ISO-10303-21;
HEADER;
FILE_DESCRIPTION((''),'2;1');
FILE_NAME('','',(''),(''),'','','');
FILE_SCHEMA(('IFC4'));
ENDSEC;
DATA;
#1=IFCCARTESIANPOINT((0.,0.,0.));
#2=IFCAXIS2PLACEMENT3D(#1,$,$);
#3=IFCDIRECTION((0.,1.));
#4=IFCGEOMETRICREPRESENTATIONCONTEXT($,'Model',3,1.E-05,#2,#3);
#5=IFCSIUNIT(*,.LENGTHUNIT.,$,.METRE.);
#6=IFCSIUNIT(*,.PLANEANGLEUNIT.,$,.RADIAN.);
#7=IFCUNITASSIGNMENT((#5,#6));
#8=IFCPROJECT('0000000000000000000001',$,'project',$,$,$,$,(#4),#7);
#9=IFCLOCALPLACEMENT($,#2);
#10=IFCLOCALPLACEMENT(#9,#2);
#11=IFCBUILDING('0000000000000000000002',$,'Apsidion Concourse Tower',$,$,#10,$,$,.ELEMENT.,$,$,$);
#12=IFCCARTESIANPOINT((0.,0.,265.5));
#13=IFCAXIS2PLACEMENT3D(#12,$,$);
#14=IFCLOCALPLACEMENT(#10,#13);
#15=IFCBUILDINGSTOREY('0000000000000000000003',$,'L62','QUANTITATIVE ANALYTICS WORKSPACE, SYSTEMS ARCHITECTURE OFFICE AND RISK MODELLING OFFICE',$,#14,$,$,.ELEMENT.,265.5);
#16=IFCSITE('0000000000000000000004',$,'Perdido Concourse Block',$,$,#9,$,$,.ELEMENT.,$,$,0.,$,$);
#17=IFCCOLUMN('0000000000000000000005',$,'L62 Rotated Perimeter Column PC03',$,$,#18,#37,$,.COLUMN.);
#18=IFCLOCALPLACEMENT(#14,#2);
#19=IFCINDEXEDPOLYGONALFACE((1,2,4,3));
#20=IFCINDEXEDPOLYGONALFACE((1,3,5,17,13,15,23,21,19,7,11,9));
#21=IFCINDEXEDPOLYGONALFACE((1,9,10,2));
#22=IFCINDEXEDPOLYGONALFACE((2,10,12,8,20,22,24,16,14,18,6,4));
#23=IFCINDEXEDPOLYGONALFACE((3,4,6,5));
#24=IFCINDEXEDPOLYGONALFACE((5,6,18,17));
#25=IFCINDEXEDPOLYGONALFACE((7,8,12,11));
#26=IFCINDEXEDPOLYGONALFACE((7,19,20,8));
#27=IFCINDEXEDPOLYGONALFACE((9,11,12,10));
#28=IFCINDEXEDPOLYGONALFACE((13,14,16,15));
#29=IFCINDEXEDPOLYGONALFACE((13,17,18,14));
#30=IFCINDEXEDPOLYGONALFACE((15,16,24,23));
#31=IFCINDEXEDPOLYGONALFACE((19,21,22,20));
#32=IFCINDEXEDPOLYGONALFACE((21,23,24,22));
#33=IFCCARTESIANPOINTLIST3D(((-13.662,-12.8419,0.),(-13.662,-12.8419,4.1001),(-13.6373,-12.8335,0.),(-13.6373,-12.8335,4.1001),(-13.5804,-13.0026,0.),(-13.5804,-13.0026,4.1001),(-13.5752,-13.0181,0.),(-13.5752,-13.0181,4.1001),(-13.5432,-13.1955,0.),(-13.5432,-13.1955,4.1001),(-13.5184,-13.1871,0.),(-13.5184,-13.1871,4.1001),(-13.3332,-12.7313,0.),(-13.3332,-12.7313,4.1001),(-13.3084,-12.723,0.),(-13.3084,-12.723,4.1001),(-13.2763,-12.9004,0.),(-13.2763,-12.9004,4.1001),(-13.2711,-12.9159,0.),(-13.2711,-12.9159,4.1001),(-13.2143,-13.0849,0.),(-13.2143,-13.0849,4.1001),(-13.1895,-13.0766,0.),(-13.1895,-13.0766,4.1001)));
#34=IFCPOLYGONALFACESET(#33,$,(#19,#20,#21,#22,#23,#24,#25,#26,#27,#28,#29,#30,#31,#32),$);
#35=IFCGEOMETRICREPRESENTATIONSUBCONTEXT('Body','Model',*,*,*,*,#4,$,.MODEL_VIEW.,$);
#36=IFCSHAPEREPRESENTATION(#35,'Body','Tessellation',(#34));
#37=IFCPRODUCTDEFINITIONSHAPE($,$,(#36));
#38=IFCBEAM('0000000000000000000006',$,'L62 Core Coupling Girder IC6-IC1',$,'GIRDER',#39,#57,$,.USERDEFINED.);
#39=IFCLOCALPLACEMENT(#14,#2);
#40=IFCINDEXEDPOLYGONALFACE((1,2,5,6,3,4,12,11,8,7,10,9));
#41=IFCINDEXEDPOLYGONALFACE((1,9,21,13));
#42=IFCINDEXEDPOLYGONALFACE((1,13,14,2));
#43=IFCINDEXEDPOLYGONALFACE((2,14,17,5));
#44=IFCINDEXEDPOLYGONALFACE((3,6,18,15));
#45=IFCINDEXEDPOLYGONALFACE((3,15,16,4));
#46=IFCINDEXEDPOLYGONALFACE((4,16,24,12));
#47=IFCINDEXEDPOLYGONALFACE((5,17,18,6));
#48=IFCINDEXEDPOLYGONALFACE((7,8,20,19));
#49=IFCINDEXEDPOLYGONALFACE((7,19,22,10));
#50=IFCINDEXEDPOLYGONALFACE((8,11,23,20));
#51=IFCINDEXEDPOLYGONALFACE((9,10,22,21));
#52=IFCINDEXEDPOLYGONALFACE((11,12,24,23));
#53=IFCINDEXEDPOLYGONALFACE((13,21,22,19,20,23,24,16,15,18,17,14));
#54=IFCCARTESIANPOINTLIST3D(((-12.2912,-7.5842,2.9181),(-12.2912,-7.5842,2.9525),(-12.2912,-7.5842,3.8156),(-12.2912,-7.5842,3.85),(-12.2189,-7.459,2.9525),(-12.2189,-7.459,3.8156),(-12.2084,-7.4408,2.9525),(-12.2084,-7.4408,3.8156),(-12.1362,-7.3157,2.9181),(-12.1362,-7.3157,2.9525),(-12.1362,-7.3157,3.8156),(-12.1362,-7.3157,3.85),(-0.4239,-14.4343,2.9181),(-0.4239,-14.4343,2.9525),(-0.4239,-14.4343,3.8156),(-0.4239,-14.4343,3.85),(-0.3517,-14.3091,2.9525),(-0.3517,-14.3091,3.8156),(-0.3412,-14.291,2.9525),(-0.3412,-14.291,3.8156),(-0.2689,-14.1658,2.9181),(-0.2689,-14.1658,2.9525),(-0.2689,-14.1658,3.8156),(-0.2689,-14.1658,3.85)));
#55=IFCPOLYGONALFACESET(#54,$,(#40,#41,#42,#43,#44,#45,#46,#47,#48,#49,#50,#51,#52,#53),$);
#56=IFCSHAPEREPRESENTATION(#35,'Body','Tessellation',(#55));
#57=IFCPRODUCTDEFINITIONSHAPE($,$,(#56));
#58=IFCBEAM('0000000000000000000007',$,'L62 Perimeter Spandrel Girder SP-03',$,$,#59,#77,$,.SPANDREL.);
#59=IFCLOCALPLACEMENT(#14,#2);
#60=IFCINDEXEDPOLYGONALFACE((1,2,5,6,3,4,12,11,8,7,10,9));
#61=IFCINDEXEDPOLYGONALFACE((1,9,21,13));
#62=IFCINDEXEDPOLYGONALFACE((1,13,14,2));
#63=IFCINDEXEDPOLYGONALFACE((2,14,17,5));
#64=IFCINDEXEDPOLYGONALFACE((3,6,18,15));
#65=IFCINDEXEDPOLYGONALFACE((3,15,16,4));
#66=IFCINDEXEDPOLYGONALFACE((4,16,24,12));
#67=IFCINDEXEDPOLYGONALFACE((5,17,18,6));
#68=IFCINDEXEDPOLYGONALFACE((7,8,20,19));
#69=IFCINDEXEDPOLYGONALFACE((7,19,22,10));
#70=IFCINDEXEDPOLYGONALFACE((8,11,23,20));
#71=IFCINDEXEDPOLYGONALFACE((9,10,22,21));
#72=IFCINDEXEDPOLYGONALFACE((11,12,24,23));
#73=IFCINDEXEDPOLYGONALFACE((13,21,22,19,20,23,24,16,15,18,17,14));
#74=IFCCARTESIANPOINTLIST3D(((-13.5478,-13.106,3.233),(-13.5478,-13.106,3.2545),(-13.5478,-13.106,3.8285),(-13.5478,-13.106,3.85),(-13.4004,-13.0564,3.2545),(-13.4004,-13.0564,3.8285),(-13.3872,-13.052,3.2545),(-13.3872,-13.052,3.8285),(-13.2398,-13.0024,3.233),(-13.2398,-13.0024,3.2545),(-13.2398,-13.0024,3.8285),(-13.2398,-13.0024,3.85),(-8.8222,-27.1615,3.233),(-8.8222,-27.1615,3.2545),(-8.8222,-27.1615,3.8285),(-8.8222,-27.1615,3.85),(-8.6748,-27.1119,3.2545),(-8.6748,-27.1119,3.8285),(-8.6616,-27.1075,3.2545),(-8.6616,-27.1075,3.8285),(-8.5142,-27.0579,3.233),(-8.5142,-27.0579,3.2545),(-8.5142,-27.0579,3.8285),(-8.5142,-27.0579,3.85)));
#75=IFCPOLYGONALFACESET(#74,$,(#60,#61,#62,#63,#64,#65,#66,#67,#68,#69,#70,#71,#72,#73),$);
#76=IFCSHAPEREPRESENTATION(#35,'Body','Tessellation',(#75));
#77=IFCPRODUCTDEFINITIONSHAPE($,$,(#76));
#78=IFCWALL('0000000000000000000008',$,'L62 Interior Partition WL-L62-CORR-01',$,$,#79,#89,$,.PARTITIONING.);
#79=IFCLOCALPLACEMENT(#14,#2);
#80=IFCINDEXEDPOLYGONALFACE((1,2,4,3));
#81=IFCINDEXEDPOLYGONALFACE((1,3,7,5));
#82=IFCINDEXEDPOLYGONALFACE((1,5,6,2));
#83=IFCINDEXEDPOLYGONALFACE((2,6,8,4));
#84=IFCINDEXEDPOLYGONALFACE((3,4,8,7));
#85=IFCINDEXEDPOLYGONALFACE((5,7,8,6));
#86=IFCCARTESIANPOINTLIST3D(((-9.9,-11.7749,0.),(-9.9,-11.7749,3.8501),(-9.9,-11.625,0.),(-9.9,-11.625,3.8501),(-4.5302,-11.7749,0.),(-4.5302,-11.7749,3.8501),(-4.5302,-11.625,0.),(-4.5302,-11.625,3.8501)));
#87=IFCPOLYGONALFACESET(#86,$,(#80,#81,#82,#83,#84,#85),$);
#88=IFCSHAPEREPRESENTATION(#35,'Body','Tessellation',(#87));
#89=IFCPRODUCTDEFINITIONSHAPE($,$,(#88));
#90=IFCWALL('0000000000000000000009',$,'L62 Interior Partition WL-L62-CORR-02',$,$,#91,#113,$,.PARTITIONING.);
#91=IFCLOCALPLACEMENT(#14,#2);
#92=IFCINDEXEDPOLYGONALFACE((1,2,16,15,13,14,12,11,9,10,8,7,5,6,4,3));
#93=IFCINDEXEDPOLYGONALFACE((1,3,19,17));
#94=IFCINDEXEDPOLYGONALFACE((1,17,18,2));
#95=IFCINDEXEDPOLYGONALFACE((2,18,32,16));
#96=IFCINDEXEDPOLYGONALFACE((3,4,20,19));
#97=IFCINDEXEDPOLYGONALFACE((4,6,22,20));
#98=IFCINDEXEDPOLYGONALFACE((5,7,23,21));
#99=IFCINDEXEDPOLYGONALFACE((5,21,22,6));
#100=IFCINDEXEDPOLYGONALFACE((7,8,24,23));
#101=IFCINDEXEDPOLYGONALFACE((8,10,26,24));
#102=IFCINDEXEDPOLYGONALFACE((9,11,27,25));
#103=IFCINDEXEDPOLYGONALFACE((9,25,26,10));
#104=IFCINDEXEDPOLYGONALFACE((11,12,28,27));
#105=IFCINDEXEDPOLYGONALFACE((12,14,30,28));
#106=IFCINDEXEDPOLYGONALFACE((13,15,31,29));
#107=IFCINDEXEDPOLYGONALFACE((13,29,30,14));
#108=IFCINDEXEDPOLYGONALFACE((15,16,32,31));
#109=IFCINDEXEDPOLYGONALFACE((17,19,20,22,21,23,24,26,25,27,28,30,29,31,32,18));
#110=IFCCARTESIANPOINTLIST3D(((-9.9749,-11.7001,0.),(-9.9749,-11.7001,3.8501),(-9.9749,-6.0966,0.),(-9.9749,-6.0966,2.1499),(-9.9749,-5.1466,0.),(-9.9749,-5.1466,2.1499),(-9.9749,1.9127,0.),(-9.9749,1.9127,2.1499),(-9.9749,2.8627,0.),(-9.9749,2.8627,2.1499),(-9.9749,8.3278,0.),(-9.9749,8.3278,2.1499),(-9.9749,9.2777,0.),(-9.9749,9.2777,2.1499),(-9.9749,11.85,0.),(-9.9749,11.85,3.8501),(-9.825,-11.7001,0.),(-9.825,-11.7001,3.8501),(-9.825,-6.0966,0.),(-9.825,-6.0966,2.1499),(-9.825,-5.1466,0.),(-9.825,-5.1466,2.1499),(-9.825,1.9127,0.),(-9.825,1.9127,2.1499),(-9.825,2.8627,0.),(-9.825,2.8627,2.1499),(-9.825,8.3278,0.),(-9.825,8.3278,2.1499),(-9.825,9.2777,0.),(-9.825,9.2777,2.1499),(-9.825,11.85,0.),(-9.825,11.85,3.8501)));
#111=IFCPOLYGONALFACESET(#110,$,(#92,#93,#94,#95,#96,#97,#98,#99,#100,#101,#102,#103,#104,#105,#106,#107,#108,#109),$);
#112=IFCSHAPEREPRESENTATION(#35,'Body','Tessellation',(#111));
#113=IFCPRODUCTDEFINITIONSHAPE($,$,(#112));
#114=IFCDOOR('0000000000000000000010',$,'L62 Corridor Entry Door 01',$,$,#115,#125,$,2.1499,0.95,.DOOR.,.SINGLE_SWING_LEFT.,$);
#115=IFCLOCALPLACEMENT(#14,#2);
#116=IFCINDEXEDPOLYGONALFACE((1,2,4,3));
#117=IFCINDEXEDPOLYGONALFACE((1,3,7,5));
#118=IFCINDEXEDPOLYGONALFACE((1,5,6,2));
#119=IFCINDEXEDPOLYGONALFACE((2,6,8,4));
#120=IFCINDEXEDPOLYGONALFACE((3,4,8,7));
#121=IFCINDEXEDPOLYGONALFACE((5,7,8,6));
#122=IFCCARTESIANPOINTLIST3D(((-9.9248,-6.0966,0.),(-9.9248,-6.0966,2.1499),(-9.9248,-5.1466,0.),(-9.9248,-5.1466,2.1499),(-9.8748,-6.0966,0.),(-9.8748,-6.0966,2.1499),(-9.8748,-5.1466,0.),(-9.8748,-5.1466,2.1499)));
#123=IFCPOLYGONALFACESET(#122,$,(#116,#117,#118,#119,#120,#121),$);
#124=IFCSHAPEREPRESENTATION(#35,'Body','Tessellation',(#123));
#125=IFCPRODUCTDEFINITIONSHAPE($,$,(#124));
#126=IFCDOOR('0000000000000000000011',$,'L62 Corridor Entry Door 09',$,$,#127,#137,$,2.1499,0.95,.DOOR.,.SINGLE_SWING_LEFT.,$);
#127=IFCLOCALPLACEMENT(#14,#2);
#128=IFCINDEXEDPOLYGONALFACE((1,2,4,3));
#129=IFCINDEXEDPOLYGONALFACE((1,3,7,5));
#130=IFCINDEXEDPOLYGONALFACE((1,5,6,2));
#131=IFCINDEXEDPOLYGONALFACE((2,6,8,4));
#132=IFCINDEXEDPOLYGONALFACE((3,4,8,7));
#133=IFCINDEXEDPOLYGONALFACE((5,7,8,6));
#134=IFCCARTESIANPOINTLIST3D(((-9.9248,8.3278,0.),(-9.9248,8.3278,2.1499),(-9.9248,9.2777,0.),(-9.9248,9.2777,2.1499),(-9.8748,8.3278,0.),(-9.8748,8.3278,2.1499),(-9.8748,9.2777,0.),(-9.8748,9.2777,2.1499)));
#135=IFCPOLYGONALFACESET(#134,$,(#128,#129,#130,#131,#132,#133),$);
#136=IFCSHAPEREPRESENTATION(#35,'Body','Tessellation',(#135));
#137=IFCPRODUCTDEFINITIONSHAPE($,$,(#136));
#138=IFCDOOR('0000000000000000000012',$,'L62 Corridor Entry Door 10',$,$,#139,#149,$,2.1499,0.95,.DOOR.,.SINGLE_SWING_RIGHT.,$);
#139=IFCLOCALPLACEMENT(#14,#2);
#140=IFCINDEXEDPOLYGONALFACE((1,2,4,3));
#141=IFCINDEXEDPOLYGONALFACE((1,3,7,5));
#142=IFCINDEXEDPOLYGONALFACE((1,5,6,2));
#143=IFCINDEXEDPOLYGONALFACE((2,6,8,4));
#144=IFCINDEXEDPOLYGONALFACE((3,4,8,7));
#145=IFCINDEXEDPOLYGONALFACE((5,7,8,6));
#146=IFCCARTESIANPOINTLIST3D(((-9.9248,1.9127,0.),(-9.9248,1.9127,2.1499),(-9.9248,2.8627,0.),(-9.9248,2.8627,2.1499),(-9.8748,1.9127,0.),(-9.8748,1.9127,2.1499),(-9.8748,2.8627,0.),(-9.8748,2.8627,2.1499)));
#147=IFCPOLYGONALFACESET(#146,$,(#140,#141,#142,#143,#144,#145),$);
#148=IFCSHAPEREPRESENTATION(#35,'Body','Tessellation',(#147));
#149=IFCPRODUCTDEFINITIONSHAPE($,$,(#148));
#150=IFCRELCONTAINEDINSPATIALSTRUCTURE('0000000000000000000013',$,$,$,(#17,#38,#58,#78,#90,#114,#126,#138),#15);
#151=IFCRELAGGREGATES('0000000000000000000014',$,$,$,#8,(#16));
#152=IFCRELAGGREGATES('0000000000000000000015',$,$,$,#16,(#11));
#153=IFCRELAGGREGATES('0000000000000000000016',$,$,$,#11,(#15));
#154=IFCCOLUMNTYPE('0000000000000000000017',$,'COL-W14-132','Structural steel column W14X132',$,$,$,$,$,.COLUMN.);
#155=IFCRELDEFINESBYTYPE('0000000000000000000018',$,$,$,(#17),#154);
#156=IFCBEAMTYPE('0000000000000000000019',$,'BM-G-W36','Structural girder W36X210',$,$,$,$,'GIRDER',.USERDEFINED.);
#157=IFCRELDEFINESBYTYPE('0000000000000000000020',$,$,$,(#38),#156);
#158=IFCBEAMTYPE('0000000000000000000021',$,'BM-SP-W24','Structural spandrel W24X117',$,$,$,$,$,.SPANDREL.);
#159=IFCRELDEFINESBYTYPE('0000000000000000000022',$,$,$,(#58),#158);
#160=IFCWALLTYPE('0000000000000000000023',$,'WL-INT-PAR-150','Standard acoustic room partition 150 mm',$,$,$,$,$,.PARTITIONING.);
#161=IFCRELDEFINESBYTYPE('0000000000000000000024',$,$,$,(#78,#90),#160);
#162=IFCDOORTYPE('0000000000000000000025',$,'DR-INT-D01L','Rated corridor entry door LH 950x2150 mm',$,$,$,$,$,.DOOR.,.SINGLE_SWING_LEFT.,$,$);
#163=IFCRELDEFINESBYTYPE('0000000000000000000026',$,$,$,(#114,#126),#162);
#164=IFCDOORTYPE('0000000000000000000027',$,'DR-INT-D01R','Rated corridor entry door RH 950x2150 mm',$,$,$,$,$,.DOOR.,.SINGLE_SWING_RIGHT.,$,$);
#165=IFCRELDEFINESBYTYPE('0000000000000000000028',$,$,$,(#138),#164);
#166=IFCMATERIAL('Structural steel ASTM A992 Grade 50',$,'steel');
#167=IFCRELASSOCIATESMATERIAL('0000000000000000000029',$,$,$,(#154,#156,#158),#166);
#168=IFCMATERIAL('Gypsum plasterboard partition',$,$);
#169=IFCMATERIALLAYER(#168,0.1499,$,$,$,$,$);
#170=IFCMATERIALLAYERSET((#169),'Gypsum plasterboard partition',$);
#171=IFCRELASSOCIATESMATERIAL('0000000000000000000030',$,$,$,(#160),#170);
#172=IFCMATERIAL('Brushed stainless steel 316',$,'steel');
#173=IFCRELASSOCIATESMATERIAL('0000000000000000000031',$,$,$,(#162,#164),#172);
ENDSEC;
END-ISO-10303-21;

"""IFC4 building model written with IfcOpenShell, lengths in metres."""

from ifc_helpers import new_model, si_unit, direction, frame, frame_2d, origin, origin_2d, place, context, subcontext, project, spatial, rectangle, i_section, extrude, material, layer, layer_set, material_profile, profile_set, type_object, element, fill, save


model = new_model("IFC4")

# Units and contexts
model_context = context("Model", 3, precision=1e-05, world=origin(), true_north=direction((0.0, 1.0)))
body_context = subcontext(model_context, "Body", "Model", "MODEL_VIEW")
ifc_project = project(units=[si_unit("LENGTHUNIT", "METRE"), si_unit("PLANEANGLEUNIT", "RADIAN")], contexts=[model_context])

# Site, building, storey
site_placement = place(None, origin())
site = spatial("IfcSite", under=ifc_project, at=site_placement, Name="Perdido Concourse Block", CompositionType="ELEMENT", RefElevation=0.0)
building_placement = place(site_placement, origin())
building = spatial("IfcBuilding", under=site, at=building_placement, Name="Apsidion Concourse Tower", CompositionType="ELEMENT")
storey_placement = place(building_placement, frame((0.0, 0.0, 265.5)))
storey = spatial("IfcBuildingStorey", under=building, at=storey_placement, Name="L62", Description="QUANTITATIVE ANALYTICS WORKSPACE, SYSTEMS ARCHITECTURE OFFICE AND RISK MODELLING OFFICE", CompositionType="ELEMENT", Elevation=265.5)

# Column
ifc_material_1 = material(Name="Structural steel ASTM A992 Grade 50", Category="steel")
ifc_material_profile_1 = material_profile(ifc_material_1, i_section(OverallWidth=0.373, OverallDepth=0.373, WebThickness=0.0164, FlangeThickness=0.0261, at=origin_2d()), Name="W14X132")
ifc_profile_set_1 = profile_set([ifc_material_profile_1], Name="Structural steel ASTM A992 Grade 50")
column_type = type_object("IfcColumnType", Name="COL-W14-132", Description="Structural steel column W14X132", PredefinedType="COLUMN", material=ifc_profile_set_1)
column_placement = place(storey_placement, frame((-13.4258, -12.9592, 0.0), z_axis=(0.0, 0.0, 1.0), x_axis=(-0.318628, 0.94788, 0.0)))
element("IfcColumn", 1, at=column_placement, inside=storey, type_object=column_type, Name="L62 Rotated Perimeter Column PC03", PredefinedType="COLUMN", context=body_context, shape_type="SweptSolid", body=[
    extrude(i_section(OverallWidth=0.373, OverallDepth=0.373, WebThickness=0.0164, FlangeThickness=0.0261, at=origin_2d()), origin(), (0.0, 0.0, 1.0), 4.1001),
])

# Beams
ifc_material_profile_2 = material_profile(ifc_material_1, i_section(OverallWidth=0.3101, OverallDepth=0.9319, WebThickness=0.021, FlangeThickness=0.0344, at=origin_2d()), Name="W36X210")
ifc_profile_set_2 = profile_set([ifc_material_profile_2], Name="Structural steel ASTM A992 Grade 50")
beam_type_1 = type_object("IfcBeamType", Name="BM-G-W36", Description="Structural girder W36X210", ElementType="GIRDER", PredefinedType="USERDEFINED", material=ifc_profile_set_2)
beam_1_placement = place(storey_placement, frame((-0.3464, -14.3, 3.384), z_axis=(-0.86607, 0.499922, 0.0), x_axis=(-0.499922, -0.86607, 0.0)))
element("IfcBeam", 2, at=beam_1_placement, inside=storey, type_object=beam_type_1, Name="L62 Core Coupling Girder IC6-IC1", ObjectType="GIRDER", PredefinedType="USERDEFINED", context=body_context, shape_type="SweptSolid", body=[
    extrude(i_section(OverallWidth=0.3101, OverallDepth=0.9319, WebThickness=0.021, FlangeThickness=0.0344, at=origin_2d()), origin(), (0.0, 0.0, 1.0), 13.7024),
])
ifc_material_profile_3 = material_profile(ifc_material_1, i_section(OverallWidth=0.325, OverallDepth=0.6169, WebThickness=0.0139, FlangeThickness=0.0215, at=origin_2d()), Name="W24X117")
ifc_profile_set_3 = profile_set([ifc_material_profile_3], Name="Structural steel ASTM A992 Grade 50")
beam_type_2 = type_object("IfcBeamType", Name="BM-SP-W24", Description="Structural spandrel W24X117", PredefinedType="SPANDREL", material=ifc_profile_set_3)
beam_2_placement = place(storey_placement, frame((-13.3938, -13.0542, 3.5415), z_axis=(0.318682, -0.947862, 0.0), x_axis=(0.947862, 0.318682, 0.0)))
element("IfcBeam", 3, at=beam_2_placement, inside=storey, type_object=beam_type_2, Name="L62 Perimeter Spandrel Girder SP-03", PredefinedType="SPANDREL", context=body_context, shape_type="SweptSolid", body=[
    extrude(i_section(OverallWidth=0.325, OverallDepth=0.6169, WebThickness=0.0139, FlangeThickness=0.0215, at=origin_2d()), origin(), (0.0, 0.0, 1.0), 14.8286),
])

# Wall
ifc_material_2 = material(Name="Gypsum plasterboard partition")
ifc_layer_1 = layer(ifc_material_2, 0.1499)
ifc_layer_set_1 = layer_set([ifc_layer_1], Name="Gypsum plasterboard partition")
wall_type_1 = type_object("IfcWallType", Name="WL-INT-PAR-150", Description="Standard acoustic room partition 150 mm", PredefinedType="PARTITIONING", material=ifc_layer_set_1)
wall_1_placement = place(storey_placement, frame((-4.53, -11.7, 0.0), z_axis=(0.0, 0.0, 1.0), x_axis=(-1.0, 0.0, 0.0)))
element("IfcWall", 4, at=wall_1_placement, inside=storey, type_object=wall_type_1, Name="L62 Interior Partition WL-L62-CORR-01", PredefinedType="PARTITIONING", context=body_context, shape_type="SweptSolid", body=[
    extrude(rectangle(XDim=5.3699, YDim=0.1499, at=frame_2d((2.6851, 0.0))), origin(), (0.0, 0.0, 1.0), 3.8501),
])

# Wall, openings, doors
wall_2_placement = place(storey_placement, frame((-9.8999, -11.7, 0.0), z_axis=(0.0, 0.0, 1.0), x_axis=(0.0, 1.0, 0.0)))
wall_2 = element("IfcWall", 5, at=wall_2_placement, inside=storey, type_object=wall_type_1, Name="L62 Interior Partition WL-L62-CORR-02", PredefinedType="PARTITIONING", context=body_context, shape_type="SweptSolid", body=[
    extrude(rectangle(XDim=23.55, YDim=0.1499, at=frame_2d((11.7749, 0.0))), origin(), (0.0, 0.0, 1.0), 3.8501),
])
opening_1_placement = place(wall_2_placement, frame((5.6033, 0.0, 0.0)))
opening_1 = element("IfcOpeningElement", 6, at=opening_1_placement, cuts=wall_2, PredefinedType="OPENING", context=body_context, shape_type="SweptSolid", body=[
    extrude(rectangle(XDim=0.95, YDim=2.1499, at=frame_2d((0.4751, 1.075))), frame((0.0, 0.085, 0.0), z_axis=(0.0, -1.0, 0.0), x_axis=(1.0, 0.0, 0.0)), (0.0, 0.0, 1.0), 0.1699),
])
opening_2_placement = place(wall_2_placement, frame((20.0276, 0.0, 0.0)))
opening_2 = element("IfcOpeningElement", 7, at=opening_2_placement, cuts=wall_2, PredefinedType="OPENING", context=body_context, shape_type="SweptSolid", body=[
    extrude(rectangle(XDim=0.95, YDim=2.1499, at=frame_2d((0.4751, 1.075))), frame((0.0, 0.085, 0.0), z_axis=(0.0, -1.0, 0.0), x_axis=(1.0, 0.0, 0.0)), (0.0, 0.0, 1.0), 0.1699),
])
opening_3_placement = place(wall_2_placement, frame((13.6125, 0.0, 0.0)))
opening_3 = element("IfcOpeningElement", 8, at=opening_3_placement, cuts=wall_2, PredefinedType="OPENING", context=body_context, shape_type="SweptSolid", body=[
    extrude(rectangle(XDim=0.95, YDim=2.1499, at=frame_2d((0.4751, 1.075))), frame((0.0, 0.085, 0.0), z_axis=(0.0, -1.0, 0.0), x_axis=(1.0, 0.0, 0.0)), (0.0, 0.0, 1.0), 0.1699),
])
ifc_material_3 = material(Name="Brushed stainless steel 316", Category="steel")
door_type_1 = type_object("IfcDoorType", Name="DR-INT-D01L", Description="Rated corridor entry door LH 950x2150 mm", OperationType="SINGLE_SWING_LEFT", PredefinedType="DOOR", material=ifc_material_3)
door_1_placement = place(opening_1_placement, origin())
door_1 = element("IfcDoor", 9, at=door_1_placement, inside=storey, type_object=door_type_1, Name="L62 Corridor Entry Door 01", OperationType="SINGLE_SWING_LEFT", OverallHeight=2.1499, OverallWidth=0.95, PredefinedType="DOOR", context=body_context, shape_type="SweptSolid", body=[
    extrude(rectangle(XDim=0.95, YDim=2.1499, at=frame_2d((0.4751, 1.075))), frame((0.0, 0.0249, 0.0), z_axis=(0.0, -1.0, 0.0), x_axis=(1.0, 0.0, 0.0)), (0.0, 0.0, 1.0), 0.05),
])
fill(opening_1, door_1)
door_2_placement = place(opening_2_placement, origin())
door_2 = element("IfcDoor", 10, at=door_2_placement, inside=storey, type_object=door_type_1, Name="L62 Corridor Entry Door 09", OperationType="SINGLE_SWING_LEFT", OverallHeight=2.1499, OverallWidth=0.95, PredefinedType="DOOR", context=body_context, shape_type="SweptSolid", body=[
    extrude(rectangle(XDim=0.95, YDim=2.1499, at=frame_2d((0.4751, 1.075))), frame((0.0, 0.0249, 0.0), z_axis=(0.0, -1.0, 0.0), x_axis=(1.0, 0.0, 0.0)), (0.0, 0.0, 1.0), 0.05),
])
fill(opening_2, door_2)
door_type_2 = type_object("IfcDoorType", Name="DR-INT-D01R", Description="Rated corridor entry door RH 950x2150 mm", OperationType="SINGLE_SWING_RIGHT", PredefinedType="DOOR", material=ifc_material_3)
door_3_placement = place(opening_3_placement, origin())
door_3 = element("IfcDoor", 11, at=door_3_placement, inside=storey, type_object=door_type_2, Name="L62 Corridor Entry Door 10", OperationType="SINGLE_SWING_RIGHT", OverallHeight=2.1499, OverallWidth=0.95, PredefinedType="DOOR", context=body_context, shape_type="SweptSolid", body=[
    extrude(rectangle(XDim=0.95, YDim=2.1499, at=frame_2d((0.4751, 1.075))), frame((0.0, 0.0249, 0.0), z_axis=(0.0, -1.0, 0.0), x_axis=(1.0, 0.0, 0.0)), (0.0, 0.0, 1.0), 0.05),
])
fill(opening_3, door_3)

save(model, "model.ifc")
